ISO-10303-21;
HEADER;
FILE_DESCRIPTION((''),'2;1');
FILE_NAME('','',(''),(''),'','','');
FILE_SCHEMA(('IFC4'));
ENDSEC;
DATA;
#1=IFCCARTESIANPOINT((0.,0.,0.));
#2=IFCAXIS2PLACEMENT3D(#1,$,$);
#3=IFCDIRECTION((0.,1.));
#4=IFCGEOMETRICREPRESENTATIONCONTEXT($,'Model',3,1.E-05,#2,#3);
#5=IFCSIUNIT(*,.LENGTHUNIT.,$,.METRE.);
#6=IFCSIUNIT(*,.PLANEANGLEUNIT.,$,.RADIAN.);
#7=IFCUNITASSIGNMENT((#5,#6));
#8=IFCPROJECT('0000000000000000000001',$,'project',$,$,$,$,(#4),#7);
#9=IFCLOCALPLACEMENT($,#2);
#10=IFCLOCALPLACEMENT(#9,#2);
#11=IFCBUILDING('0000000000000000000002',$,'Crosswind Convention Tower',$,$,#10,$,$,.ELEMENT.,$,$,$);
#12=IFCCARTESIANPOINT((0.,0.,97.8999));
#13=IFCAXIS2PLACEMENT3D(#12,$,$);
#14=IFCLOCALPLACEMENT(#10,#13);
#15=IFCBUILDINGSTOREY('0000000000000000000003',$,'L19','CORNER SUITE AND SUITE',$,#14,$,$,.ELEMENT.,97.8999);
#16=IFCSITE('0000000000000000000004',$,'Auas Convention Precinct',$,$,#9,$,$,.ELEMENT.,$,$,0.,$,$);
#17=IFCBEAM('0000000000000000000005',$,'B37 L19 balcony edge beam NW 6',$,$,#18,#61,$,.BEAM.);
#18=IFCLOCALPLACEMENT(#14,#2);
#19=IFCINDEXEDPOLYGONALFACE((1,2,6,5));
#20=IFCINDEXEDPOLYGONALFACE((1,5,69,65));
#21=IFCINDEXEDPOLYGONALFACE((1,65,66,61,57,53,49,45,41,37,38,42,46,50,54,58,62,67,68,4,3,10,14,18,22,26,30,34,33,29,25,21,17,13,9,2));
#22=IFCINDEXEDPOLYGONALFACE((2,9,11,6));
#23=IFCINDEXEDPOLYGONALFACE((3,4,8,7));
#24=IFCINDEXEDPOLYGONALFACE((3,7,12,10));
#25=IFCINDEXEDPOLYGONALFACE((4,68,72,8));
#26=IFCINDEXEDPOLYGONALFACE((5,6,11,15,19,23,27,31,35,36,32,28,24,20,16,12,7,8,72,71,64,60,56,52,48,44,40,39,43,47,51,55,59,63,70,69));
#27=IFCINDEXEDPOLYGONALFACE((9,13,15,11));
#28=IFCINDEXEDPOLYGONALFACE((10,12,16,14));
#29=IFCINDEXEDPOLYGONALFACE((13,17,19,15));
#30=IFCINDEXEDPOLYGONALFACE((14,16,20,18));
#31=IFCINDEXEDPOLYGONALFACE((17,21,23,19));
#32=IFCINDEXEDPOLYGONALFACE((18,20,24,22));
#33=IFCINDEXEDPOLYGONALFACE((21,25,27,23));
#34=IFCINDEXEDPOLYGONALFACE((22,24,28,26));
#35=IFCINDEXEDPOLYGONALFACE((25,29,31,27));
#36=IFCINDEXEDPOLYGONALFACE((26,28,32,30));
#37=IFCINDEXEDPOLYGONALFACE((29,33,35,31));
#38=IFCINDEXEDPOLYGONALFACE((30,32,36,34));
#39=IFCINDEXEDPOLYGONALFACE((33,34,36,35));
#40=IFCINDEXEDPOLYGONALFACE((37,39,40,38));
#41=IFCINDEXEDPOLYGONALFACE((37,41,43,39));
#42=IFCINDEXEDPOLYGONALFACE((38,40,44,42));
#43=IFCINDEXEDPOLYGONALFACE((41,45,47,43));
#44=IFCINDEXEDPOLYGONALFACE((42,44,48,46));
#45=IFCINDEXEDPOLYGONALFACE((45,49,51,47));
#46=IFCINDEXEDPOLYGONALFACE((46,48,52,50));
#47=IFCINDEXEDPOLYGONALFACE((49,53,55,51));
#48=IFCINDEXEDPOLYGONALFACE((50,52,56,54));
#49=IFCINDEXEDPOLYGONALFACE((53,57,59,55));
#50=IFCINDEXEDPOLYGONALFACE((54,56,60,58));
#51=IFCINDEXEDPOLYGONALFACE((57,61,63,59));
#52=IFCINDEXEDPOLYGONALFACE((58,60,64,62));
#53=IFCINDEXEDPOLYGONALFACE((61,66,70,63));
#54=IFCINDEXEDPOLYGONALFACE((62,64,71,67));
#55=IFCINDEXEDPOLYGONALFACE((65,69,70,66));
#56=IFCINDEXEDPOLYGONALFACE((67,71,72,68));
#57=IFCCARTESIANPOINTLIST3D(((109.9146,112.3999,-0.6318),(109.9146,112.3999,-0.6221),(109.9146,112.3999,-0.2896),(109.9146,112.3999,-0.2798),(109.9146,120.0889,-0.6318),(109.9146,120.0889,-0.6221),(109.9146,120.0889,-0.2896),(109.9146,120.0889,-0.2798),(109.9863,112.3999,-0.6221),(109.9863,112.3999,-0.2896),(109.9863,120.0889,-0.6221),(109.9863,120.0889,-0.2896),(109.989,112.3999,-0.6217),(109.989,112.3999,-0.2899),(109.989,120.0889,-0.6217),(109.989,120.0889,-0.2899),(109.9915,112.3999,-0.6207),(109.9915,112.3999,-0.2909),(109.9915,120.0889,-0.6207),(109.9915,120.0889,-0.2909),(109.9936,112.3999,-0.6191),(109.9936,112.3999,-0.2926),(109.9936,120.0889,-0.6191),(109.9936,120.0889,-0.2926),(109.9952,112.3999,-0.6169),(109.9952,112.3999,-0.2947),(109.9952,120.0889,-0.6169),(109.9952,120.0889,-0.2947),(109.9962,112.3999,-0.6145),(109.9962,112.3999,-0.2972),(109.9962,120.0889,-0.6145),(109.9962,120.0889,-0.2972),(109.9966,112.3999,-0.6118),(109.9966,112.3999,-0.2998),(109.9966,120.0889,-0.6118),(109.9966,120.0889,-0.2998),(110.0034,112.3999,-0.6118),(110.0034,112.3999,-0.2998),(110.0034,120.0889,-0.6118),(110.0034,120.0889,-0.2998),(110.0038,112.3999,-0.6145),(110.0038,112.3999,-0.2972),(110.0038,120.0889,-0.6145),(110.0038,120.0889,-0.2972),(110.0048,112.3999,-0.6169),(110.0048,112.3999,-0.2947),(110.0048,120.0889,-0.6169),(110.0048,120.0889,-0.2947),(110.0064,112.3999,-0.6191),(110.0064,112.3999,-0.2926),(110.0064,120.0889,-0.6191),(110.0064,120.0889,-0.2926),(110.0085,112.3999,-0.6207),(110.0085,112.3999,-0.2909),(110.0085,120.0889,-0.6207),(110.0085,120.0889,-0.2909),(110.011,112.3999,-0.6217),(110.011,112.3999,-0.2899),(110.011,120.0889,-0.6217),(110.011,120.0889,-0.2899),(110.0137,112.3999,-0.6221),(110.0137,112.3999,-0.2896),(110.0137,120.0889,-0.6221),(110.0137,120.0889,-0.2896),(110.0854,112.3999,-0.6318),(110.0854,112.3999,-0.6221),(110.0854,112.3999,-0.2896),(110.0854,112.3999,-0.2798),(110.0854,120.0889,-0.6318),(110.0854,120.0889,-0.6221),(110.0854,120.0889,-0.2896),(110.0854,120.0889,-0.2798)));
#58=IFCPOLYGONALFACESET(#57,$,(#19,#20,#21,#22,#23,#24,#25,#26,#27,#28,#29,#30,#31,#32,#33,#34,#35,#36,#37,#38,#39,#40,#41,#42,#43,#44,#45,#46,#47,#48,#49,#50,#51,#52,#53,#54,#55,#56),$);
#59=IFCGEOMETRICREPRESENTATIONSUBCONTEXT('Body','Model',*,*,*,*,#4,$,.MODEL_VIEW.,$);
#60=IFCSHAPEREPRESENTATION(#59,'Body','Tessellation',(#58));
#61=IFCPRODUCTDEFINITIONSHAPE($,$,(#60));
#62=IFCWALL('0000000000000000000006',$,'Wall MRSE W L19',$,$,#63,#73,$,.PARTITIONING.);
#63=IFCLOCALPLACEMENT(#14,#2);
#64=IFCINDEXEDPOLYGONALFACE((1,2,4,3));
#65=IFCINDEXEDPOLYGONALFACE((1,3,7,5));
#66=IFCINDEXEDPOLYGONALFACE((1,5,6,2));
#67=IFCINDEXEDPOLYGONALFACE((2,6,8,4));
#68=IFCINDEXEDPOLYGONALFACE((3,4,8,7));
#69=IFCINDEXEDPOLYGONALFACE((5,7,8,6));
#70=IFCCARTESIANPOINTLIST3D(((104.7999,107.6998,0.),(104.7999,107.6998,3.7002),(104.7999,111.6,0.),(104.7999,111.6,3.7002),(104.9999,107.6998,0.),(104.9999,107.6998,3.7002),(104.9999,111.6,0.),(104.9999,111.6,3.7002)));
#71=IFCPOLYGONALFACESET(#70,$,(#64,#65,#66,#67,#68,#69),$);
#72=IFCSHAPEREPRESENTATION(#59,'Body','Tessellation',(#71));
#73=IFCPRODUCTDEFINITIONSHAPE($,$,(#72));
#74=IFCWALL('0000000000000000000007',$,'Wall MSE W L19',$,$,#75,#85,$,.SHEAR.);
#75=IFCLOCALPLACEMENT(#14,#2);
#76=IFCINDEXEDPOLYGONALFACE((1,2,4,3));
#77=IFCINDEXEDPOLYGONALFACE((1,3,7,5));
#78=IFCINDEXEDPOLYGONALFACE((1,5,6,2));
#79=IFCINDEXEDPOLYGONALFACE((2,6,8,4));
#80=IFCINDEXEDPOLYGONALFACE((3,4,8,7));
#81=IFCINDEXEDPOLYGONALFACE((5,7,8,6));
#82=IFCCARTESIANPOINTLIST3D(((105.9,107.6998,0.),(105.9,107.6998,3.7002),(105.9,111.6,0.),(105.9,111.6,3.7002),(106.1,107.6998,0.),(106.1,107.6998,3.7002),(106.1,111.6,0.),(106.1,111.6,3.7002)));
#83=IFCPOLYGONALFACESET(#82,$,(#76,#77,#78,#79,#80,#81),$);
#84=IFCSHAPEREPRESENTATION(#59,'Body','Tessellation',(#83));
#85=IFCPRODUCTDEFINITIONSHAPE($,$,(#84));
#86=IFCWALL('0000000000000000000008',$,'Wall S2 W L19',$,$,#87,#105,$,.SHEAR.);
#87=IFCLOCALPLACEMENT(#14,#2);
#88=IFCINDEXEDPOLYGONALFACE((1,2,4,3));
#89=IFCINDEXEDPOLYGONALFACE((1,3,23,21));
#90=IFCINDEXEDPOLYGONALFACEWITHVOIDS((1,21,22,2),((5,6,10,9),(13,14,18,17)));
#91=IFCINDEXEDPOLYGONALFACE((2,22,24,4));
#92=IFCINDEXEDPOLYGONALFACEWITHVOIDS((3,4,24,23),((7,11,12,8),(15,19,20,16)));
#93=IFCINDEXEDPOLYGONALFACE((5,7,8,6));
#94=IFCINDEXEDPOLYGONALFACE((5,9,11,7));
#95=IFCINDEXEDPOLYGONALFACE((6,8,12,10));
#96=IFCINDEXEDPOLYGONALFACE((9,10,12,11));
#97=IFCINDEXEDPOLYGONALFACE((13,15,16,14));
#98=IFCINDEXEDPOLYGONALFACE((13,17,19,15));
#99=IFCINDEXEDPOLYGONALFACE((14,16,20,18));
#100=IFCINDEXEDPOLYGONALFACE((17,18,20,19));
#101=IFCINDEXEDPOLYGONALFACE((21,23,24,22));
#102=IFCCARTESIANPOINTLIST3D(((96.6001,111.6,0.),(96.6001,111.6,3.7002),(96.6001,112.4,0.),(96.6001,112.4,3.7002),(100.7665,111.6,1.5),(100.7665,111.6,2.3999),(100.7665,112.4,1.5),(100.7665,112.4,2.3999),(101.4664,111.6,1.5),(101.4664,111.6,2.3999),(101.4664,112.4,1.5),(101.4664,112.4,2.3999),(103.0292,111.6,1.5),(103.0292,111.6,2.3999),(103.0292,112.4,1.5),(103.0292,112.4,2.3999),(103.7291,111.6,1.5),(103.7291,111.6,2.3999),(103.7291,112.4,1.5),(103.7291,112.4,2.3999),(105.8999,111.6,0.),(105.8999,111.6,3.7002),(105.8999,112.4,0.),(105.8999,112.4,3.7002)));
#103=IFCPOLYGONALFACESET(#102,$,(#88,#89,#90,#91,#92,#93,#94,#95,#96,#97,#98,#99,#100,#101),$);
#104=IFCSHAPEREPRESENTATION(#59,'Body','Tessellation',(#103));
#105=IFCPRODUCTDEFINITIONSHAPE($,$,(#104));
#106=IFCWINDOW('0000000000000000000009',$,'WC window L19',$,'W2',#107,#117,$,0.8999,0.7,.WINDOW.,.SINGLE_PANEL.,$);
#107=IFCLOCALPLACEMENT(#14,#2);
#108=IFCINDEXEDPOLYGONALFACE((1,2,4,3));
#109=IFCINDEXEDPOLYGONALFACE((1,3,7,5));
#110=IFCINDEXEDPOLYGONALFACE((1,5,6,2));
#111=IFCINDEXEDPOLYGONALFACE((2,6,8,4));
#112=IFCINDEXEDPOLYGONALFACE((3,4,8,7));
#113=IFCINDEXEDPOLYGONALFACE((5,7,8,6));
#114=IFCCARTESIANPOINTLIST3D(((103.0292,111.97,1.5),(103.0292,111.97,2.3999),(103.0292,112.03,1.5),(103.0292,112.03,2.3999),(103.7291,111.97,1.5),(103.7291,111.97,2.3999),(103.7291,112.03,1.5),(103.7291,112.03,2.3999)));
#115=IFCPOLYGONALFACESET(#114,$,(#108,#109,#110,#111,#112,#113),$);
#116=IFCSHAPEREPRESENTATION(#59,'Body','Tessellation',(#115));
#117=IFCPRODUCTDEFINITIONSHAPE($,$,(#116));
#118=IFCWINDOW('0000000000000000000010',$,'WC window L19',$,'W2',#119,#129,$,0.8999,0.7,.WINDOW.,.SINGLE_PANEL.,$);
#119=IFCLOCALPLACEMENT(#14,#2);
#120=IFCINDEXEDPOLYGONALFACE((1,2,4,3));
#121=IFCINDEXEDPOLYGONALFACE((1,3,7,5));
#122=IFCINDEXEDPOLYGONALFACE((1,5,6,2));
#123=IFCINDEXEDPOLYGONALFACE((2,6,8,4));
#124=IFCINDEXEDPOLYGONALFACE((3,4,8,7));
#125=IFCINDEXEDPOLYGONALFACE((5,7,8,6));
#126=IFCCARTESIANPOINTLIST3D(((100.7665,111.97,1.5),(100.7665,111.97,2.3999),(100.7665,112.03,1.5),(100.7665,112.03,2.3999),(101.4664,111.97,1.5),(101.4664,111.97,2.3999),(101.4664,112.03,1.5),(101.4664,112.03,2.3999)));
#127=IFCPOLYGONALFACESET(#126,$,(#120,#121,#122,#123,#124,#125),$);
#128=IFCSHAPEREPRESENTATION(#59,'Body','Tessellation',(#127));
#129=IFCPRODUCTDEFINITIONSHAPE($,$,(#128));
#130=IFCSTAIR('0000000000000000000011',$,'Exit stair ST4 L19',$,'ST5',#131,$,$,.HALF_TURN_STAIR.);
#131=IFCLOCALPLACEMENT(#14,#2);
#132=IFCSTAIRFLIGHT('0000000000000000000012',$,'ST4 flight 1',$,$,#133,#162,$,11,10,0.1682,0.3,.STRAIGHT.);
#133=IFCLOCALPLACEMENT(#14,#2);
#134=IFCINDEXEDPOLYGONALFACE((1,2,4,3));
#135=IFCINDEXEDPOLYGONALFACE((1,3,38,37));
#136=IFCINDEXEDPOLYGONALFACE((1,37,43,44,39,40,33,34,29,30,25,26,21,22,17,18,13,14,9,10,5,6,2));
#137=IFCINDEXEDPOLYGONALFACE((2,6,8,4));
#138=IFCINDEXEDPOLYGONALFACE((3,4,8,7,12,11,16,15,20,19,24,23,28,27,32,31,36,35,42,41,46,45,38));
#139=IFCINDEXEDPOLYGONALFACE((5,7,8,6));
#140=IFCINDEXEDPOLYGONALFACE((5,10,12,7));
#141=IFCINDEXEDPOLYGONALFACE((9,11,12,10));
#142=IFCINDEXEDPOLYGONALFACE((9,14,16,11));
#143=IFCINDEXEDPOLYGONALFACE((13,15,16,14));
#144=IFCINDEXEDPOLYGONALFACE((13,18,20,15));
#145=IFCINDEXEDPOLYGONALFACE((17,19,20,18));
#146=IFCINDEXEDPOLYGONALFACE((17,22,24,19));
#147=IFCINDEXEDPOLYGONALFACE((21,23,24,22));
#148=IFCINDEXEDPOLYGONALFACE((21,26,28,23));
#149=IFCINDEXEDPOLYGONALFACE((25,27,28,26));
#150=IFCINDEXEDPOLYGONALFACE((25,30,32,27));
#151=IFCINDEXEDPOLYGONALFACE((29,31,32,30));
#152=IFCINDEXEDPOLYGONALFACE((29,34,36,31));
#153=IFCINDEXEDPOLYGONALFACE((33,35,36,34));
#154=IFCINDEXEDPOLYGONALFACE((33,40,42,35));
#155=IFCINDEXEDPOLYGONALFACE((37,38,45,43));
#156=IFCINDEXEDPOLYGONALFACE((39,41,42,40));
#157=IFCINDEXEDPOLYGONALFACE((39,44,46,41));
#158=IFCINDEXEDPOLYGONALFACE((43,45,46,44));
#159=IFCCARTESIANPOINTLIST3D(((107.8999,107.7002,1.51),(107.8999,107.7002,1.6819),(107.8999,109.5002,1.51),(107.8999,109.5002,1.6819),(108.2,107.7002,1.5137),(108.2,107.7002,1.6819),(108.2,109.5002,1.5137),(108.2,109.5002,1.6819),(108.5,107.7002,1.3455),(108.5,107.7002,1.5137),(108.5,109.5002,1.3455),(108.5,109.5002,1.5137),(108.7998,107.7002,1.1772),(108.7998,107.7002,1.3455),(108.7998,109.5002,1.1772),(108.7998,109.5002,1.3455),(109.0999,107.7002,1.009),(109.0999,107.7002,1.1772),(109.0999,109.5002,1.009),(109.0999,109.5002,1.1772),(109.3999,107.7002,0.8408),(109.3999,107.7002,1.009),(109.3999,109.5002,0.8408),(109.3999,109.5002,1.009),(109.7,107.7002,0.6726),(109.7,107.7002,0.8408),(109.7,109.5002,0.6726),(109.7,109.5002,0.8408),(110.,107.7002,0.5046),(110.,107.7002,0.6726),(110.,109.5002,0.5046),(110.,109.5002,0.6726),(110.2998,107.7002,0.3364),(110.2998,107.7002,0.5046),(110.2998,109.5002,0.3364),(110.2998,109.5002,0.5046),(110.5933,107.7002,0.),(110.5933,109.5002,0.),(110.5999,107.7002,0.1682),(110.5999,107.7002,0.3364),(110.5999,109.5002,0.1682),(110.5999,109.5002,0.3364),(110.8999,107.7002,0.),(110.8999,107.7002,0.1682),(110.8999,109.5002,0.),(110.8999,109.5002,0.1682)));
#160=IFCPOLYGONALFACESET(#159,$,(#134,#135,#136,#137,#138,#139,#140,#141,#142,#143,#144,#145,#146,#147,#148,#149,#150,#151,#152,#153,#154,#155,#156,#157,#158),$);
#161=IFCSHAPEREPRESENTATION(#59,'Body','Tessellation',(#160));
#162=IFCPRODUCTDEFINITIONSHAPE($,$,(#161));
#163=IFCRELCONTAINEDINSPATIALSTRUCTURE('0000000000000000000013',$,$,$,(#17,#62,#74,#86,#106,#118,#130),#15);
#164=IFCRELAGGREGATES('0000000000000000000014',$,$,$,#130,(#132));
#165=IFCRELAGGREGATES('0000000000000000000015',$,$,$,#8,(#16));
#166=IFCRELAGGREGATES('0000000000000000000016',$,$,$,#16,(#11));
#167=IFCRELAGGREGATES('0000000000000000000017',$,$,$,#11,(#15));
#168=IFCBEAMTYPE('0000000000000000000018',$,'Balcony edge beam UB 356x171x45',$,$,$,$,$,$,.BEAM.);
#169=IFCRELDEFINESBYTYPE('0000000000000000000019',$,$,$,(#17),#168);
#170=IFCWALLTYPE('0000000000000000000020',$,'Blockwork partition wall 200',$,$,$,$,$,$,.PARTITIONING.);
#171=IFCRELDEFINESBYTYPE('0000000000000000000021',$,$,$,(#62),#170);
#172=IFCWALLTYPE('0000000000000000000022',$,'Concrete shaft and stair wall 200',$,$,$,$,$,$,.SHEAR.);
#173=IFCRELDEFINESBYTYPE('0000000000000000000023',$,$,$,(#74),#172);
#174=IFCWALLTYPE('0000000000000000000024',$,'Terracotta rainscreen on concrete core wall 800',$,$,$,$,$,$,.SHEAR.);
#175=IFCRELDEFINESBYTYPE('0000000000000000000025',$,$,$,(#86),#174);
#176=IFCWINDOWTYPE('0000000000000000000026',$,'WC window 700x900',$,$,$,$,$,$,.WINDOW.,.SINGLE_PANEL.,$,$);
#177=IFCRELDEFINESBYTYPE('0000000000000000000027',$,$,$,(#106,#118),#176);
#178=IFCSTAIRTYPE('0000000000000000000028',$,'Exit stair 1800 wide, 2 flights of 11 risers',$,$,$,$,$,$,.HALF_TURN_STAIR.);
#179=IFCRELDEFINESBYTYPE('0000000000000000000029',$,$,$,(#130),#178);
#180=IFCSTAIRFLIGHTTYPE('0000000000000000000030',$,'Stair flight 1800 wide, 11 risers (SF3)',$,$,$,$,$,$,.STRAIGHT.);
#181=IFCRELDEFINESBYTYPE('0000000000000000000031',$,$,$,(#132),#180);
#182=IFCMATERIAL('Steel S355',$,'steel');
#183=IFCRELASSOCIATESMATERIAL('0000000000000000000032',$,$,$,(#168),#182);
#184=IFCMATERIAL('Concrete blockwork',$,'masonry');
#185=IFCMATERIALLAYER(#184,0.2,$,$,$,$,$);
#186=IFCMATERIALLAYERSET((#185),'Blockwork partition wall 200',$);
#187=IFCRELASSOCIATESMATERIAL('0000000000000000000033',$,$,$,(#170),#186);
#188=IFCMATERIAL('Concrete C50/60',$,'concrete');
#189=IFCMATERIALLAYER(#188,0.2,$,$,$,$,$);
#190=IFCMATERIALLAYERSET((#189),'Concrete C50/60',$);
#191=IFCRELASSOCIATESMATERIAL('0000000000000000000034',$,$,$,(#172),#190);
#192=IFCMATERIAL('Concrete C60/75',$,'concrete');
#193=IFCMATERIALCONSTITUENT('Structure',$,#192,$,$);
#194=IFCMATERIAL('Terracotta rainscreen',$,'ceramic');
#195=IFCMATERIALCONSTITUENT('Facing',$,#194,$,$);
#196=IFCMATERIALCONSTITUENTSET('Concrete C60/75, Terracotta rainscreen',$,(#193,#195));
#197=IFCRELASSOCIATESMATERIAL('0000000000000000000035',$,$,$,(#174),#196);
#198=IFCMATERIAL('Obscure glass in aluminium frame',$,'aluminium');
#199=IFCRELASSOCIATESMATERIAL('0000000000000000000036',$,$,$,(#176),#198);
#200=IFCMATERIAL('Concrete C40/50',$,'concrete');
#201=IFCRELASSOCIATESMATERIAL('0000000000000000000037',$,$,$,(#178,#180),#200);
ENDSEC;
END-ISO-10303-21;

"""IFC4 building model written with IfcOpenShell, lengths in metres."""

from ifc_helpers import new_model, si_unit, direction, frame, frame_2d, origin, origin_2d, place, context, subcontext, project, spatial, polyline, rectangle, i_section, outline, extrude, material, layer, layer_set, constituent, constituent_set, material_profile, profile_set, type_object, element, fill, aggregate, save


model = new_model("IFC4")

# Units and contexts
model_context = context("Model", 3, precision=1e-05, world=origin(), true_north=direction((0.0, 1.0)))
body_context = subcontext(model_context, "Body", "Model", "MODEL_VIEW")
ifc_project = project(units=[si_unit("LENGTHUNIT", "METRE"), si_unit("PLANEANGLEUNIT", "RADIAN")], contexts=[model_context])

# Site, building, storey
site_placement = place(None, origin())
site = spatial("IfcSite", under=ifc_project, at=site_placement, Name="Auas Convention Precinct", CompositionType="ELEMENT", RefElevation=0.0)
building_placement = place(site_placement, origin())
building = spatial("IfcBuilding", under=site, at=building_placement, Name="Crosswind Convention Tower", CompositionType="ELEMENT")
storey_placement = place(building_placement, frame((0.0, 0.0, 97.8999)))
storey = spatial("IfcBuildingStorey", under=building, at=storey_placement, Name="L19", Description="CORNER SUITE AND SUITE", CompositionType="ELEMENT", Elevation=97.8999)

# Beam
ifc_material_1 = material(Name="Steel S355", Category="steel")
ifc_material_profile = material_profile(ifc_material_1, i_section(OverallWidth=0.1709, OverallDepth=0.3521, WebThickness=0.0068, FlangeThickness=0.0098, FilletRadius=0.0103, at=origin_2d()), Name="UB 356x171x45")
ifc_profile_set = profile_set([ifc_material_profile], Name="Steel S355")
beam_type = type_object("IfcBeamType", Name="Balcony edge beam UB 356x171x45", PredefinedType="BEAM", material=ifc_profile_set)
beam_placement = place(storey_placement, frame((110.0, 112.3999, -0.4558), z_axis=(0.0, 1.0, 0.0), x_axis=(-1.0, 0.0, 0.0)))
element("IfcBeam", 1, at=beam_placement, inside=storey, type_object=beam_type, Name="B37 L19 balcony edge beam NW 6", PredefinedType="BEAM", context=body_context, shape_type="SweptSolid", body=[
    extrude(i_section(OverallWidth=0.1709, OverallDepth=0.3521, WebThickness=0.0068, FlangeThickness=0.0098, FilletRadius=0.0103, at=origin_2d()), origin(), (0.0, 0.0, 1.0), 7.689),
])

# Walls
ifc_material_2 = material(Name="Concrete blockwork", Category="masonry")
ifc_layer_1 = layer(ifc_material_2, 0.2)
ifc_layer_set_1 = layer_set([ifc_layer_1], Name="Blockwork partition wall 200")
wall_type_1 = type_object("IfcWallType", Name="Blockwork partition wall 200", PredefinedType="PARTITIONING", material=ifc_layer_set_1)
wall_1_placement = place(storey_placement, frame((104.8999, 111.6001, 0.0), z_axis=(0.0, 0.0, 1.0), x_axis=(0.0, -1.0, 0.0)))
element("IfcWall", 2, at=wall_1_placement, inside=storey, type_object=wall_type_1, Name="Wall MRSE W L19", PredefinedType="PARTITIONING", context=body_context, shape_type="SweptSolid", body=[
    extrude(rectangle(XDim=3.9001, YDim=0.2, at=frame_2d((1.9502, 0.0))), origin(), (0.0, 0.0, 1.0), 3.7002),
])
ifc_material_3 = material(Name="Concrete C50/60", Category="concrete")
ifc_layer_2 = layer(ifc_material_3, 0.2)
ifc_layer_set_2 = layer_set([ifc_layer_2], Name="Concrete C50/60")
wall_type_2 = type_object("IfcWallType", Name="Concrete shaft and stair wall 200", PredefinedType="SHEAR", material=ifc_layer_set_2)
wall_2_placement = place(storey_placement, frame((106.0, 111.6001, 0.0), z_axis=(0.0, 0.0, 1.0), x_axis=(0.0, -1.0, 0.0)))
element("IfcWall", 3, at=wall_2_placement, inside=storey, type_object=wall_type_2, Name="Wall MSE W L19", PredefinedType="SHEAR", context=body_context, shape_type="SweptSolid", body=[
    extrude(rectangle(XDim=3.9001, YDim=0.2, at=frame_2d((1.9502, 0.0))), origin(), (0.0, 0.0, 1.0), 3.7002),
])

# Wall, openings, windows
ifc_material_4 = material(Name="Concrete C60/75", Category="concrete")
ifc_constituent_1 = constituent(ifc_material_4, Name="Structure")
ifc_material_5 = material(Name="Terracotta rainscreen", Category="ceramic")
ifc_constituent_2 = constituent(ifc_material_5, Name="Facing")
ifc_constituent_set = constituent_set(constituents=[ifc_constituent_1, ifc_constituent_2], Name="Concrete C60/75, Terracotta rainscreen")
wall_type_3 = type_object("IfcWallType", Name="Terracotta rainscreen on concrete core wall 800", PredefinedType="SHEAR", material=ifc_constituent_set)
wall_3_placement = place(storey_placement, frame((105.8999, 112.0, 0.0), z_axis=(0.0, 0.0, 1.0), x_axis=(-1.0, 0.0, 0.0)))
wall_3 = element("IfcWall", 4, at=wall_3_placement, inside=storey, type_object=wall_type_3, Name="Wall S2 W L19", PredefinedType="SHEAR", context=body_context, shape_type="SweptSolid", body=[
    extrude(rectangle(XDim=9.2998, YDim=0.8, at=frame_2d((4.6499, 0.0))), origin(), (0.0, 0.0, 1.0), 3.7002),
])
opening_1_placement = place(wall_3_placement, frame((2.1707, 0.0, 1.5)))
opening_1 = element("IfcOpeningElement", 5, at=opening_1_placement, cuts=wall_3, PredefinedType="OPENING", context=body_context, shape_type="SweptSolid", body=[
    extrude(rectangle(XDim=0.7, YDim=0.8999, at=frame_2d((0.3501, 0.45))), frame((0.0, 0.4099, 0.0), z_axis=(0.0, -1.0, 0.0), x_axis=(1.0, 0.0, 0.0)), (0.0, 0.0, 1.0), 0.8201),
])
opening_2_placement = place(wall_3_placement, frame((4.4333, 0.0, 1.5)))
opening_2 = element("IfcOpeningElement", 6, at=opening_2_placement, cuts=wall_3, PredefinedType="OPENING", context=body_context, shape_type="SweptSolid", body=[
    extrude(rectangle(XDim=0.7, YDim=0.8999, at=frame_2d((0.3501, 0.45))), frame((0.0, 0.4099, 0.0), z_axis=(0.0, -1.0, 0.0), x_axis=(1.0, 0.0, 0.0)), (0.0, 0.0, 1.0), 0.8201),
])
ifc_material_6 = material(Name="Obscure glass in aluminium frame", Category="aluminium")
window_type = type_object("IfcWindowType", Name="WC window 700x900", PartitioningType="SINGLE_PANEL", PredefinedType="WINDOW", material=ifc_material_6)
window_1_placement = place(opening_1_placement, origin())
window_1 = element("IfcWindow", 7, at=window_1_placement, inside=storey, type_object=window_type, Name="WC window L19", ObjectType="W2", OverallHeight=0.8999, OverallWidth=0.7, PartitioningType="SINGLE_PANEL", PredefinedType="WINDOW", context=body_context, shape_type="SweptSolid", body=[
    extrude(rectangle(XDim=0.7, YDim=0.8999, at=frame_2d((0.3501, 0.45))), frame((0.0, 0.03, 0.0), z_axis=(0.0, -1.0, 0.0), x_axis=(1.0, 0.0, 0.0)), (0.0, 0.0, 1.0), 0.0601),
])
fill(opening_1, window_1)
window_2_placement = place(opening_2_placement, origin())
window_2 = element("IfcWindow", 8, at=window_2_placement, inside=storey, type_object=window_type, Name="WC window L19", ObjectType="W2", OverallHeight=0.8999, OverallWidth=0.7, PartitioningType="SINGLE_PANEL", PredefinedType="WINDOW", context=body_context, shape_type="SweptSolid", body=[
    extrude(rectangle(XDim=0.7, YDim=0.8999, at=frame_2d((0.3501, 0.45))), frame((0.0, 0.03, 0.0), z_axis=(0.0, -1.0, 0.0), x_axis=(1.0, 0.0, 0.0)), (0.0, 0.0, 1.0), 0.0601),
])
fill(opening_2, window_2)

# Stair, stair flight
ifc_material_7 = material(Name="Concrete C40/50", Category="concrete")
stair_type = type_object("IfcStairType", Name="Exit stair 1800 wide, 2 flights of 11 risers", PredefinedType="HALF_TURN_STAIR", material=ifc_material_7)
stair_placement = place(storey_placement, origin())
stair = element("IfcStair", 9, at=stair_placement, inside=storey, type_object=stair_type, Name="Exit stair ST4 L19", ObjectType="ST5", PredefinedType="HALF_TURN_STAIR")
stair_flight_type = type_object("IfcStairFlightType", Name="Stair flight 1800 wide, 11 risers (SF3)", PredefinedType="STRAIGHT", material=ifc_material_7)
stair_flight_1_placement = place(storey_placement, frame((110.8999, 108.6001, 0.0), z_axis=(0.0, 0.0, 1.0), x_axis=(-1.0, 0.0, 0.0)))
stair_flight_1 = element("IfcStairFlight", 10, at=stair_flight_1_placement, type_object=stair_flight_type, Name="ST4 flight 1", NumberOfRisers=11, NumberOfTreads=10, PredefinedType="STRAIGHT", RiserHeight=0.1682, TreadLength=0.3, context=body_context, shape_type="SweptSolid", body=[
    extrude(outline(polyline([(0.0, 0.0), (0.0, 0.1682), (0.3, 0.1682), (0.3, 0.3364), (0.6001, 0.3364), (0.6001, 0.5046), (0.8999, 0.5046), (0.8999, 0.6726), (1.2, 0.6726), (1.2, 0.8408), (1.5, 0.8408), (1.5, 1.009), (1.8, 1.009), (1.8, 1.1772), (2.1001, 1.1772), (2.1001, 1.3455), (2.3999, 1.3455), (2.3999, 1.5137), (2.7, 1.5137), (2.7, 1.6819), (3.0, 1.6819), (3.0, 1.8501), (3.0, 1.51), (0.3066, 0.0), (0.0, 0.0)])), frame((0.0, 0.8999, 0.0), z_axis=(0.0, -1.0, 0.0), x_axis=(1.0, 0.0, 0.0)), (0.0, 0.0, 1.0), 1.8),
])
aggregate(stair, [stair_flight_1])

save(model, "model.ifc")
